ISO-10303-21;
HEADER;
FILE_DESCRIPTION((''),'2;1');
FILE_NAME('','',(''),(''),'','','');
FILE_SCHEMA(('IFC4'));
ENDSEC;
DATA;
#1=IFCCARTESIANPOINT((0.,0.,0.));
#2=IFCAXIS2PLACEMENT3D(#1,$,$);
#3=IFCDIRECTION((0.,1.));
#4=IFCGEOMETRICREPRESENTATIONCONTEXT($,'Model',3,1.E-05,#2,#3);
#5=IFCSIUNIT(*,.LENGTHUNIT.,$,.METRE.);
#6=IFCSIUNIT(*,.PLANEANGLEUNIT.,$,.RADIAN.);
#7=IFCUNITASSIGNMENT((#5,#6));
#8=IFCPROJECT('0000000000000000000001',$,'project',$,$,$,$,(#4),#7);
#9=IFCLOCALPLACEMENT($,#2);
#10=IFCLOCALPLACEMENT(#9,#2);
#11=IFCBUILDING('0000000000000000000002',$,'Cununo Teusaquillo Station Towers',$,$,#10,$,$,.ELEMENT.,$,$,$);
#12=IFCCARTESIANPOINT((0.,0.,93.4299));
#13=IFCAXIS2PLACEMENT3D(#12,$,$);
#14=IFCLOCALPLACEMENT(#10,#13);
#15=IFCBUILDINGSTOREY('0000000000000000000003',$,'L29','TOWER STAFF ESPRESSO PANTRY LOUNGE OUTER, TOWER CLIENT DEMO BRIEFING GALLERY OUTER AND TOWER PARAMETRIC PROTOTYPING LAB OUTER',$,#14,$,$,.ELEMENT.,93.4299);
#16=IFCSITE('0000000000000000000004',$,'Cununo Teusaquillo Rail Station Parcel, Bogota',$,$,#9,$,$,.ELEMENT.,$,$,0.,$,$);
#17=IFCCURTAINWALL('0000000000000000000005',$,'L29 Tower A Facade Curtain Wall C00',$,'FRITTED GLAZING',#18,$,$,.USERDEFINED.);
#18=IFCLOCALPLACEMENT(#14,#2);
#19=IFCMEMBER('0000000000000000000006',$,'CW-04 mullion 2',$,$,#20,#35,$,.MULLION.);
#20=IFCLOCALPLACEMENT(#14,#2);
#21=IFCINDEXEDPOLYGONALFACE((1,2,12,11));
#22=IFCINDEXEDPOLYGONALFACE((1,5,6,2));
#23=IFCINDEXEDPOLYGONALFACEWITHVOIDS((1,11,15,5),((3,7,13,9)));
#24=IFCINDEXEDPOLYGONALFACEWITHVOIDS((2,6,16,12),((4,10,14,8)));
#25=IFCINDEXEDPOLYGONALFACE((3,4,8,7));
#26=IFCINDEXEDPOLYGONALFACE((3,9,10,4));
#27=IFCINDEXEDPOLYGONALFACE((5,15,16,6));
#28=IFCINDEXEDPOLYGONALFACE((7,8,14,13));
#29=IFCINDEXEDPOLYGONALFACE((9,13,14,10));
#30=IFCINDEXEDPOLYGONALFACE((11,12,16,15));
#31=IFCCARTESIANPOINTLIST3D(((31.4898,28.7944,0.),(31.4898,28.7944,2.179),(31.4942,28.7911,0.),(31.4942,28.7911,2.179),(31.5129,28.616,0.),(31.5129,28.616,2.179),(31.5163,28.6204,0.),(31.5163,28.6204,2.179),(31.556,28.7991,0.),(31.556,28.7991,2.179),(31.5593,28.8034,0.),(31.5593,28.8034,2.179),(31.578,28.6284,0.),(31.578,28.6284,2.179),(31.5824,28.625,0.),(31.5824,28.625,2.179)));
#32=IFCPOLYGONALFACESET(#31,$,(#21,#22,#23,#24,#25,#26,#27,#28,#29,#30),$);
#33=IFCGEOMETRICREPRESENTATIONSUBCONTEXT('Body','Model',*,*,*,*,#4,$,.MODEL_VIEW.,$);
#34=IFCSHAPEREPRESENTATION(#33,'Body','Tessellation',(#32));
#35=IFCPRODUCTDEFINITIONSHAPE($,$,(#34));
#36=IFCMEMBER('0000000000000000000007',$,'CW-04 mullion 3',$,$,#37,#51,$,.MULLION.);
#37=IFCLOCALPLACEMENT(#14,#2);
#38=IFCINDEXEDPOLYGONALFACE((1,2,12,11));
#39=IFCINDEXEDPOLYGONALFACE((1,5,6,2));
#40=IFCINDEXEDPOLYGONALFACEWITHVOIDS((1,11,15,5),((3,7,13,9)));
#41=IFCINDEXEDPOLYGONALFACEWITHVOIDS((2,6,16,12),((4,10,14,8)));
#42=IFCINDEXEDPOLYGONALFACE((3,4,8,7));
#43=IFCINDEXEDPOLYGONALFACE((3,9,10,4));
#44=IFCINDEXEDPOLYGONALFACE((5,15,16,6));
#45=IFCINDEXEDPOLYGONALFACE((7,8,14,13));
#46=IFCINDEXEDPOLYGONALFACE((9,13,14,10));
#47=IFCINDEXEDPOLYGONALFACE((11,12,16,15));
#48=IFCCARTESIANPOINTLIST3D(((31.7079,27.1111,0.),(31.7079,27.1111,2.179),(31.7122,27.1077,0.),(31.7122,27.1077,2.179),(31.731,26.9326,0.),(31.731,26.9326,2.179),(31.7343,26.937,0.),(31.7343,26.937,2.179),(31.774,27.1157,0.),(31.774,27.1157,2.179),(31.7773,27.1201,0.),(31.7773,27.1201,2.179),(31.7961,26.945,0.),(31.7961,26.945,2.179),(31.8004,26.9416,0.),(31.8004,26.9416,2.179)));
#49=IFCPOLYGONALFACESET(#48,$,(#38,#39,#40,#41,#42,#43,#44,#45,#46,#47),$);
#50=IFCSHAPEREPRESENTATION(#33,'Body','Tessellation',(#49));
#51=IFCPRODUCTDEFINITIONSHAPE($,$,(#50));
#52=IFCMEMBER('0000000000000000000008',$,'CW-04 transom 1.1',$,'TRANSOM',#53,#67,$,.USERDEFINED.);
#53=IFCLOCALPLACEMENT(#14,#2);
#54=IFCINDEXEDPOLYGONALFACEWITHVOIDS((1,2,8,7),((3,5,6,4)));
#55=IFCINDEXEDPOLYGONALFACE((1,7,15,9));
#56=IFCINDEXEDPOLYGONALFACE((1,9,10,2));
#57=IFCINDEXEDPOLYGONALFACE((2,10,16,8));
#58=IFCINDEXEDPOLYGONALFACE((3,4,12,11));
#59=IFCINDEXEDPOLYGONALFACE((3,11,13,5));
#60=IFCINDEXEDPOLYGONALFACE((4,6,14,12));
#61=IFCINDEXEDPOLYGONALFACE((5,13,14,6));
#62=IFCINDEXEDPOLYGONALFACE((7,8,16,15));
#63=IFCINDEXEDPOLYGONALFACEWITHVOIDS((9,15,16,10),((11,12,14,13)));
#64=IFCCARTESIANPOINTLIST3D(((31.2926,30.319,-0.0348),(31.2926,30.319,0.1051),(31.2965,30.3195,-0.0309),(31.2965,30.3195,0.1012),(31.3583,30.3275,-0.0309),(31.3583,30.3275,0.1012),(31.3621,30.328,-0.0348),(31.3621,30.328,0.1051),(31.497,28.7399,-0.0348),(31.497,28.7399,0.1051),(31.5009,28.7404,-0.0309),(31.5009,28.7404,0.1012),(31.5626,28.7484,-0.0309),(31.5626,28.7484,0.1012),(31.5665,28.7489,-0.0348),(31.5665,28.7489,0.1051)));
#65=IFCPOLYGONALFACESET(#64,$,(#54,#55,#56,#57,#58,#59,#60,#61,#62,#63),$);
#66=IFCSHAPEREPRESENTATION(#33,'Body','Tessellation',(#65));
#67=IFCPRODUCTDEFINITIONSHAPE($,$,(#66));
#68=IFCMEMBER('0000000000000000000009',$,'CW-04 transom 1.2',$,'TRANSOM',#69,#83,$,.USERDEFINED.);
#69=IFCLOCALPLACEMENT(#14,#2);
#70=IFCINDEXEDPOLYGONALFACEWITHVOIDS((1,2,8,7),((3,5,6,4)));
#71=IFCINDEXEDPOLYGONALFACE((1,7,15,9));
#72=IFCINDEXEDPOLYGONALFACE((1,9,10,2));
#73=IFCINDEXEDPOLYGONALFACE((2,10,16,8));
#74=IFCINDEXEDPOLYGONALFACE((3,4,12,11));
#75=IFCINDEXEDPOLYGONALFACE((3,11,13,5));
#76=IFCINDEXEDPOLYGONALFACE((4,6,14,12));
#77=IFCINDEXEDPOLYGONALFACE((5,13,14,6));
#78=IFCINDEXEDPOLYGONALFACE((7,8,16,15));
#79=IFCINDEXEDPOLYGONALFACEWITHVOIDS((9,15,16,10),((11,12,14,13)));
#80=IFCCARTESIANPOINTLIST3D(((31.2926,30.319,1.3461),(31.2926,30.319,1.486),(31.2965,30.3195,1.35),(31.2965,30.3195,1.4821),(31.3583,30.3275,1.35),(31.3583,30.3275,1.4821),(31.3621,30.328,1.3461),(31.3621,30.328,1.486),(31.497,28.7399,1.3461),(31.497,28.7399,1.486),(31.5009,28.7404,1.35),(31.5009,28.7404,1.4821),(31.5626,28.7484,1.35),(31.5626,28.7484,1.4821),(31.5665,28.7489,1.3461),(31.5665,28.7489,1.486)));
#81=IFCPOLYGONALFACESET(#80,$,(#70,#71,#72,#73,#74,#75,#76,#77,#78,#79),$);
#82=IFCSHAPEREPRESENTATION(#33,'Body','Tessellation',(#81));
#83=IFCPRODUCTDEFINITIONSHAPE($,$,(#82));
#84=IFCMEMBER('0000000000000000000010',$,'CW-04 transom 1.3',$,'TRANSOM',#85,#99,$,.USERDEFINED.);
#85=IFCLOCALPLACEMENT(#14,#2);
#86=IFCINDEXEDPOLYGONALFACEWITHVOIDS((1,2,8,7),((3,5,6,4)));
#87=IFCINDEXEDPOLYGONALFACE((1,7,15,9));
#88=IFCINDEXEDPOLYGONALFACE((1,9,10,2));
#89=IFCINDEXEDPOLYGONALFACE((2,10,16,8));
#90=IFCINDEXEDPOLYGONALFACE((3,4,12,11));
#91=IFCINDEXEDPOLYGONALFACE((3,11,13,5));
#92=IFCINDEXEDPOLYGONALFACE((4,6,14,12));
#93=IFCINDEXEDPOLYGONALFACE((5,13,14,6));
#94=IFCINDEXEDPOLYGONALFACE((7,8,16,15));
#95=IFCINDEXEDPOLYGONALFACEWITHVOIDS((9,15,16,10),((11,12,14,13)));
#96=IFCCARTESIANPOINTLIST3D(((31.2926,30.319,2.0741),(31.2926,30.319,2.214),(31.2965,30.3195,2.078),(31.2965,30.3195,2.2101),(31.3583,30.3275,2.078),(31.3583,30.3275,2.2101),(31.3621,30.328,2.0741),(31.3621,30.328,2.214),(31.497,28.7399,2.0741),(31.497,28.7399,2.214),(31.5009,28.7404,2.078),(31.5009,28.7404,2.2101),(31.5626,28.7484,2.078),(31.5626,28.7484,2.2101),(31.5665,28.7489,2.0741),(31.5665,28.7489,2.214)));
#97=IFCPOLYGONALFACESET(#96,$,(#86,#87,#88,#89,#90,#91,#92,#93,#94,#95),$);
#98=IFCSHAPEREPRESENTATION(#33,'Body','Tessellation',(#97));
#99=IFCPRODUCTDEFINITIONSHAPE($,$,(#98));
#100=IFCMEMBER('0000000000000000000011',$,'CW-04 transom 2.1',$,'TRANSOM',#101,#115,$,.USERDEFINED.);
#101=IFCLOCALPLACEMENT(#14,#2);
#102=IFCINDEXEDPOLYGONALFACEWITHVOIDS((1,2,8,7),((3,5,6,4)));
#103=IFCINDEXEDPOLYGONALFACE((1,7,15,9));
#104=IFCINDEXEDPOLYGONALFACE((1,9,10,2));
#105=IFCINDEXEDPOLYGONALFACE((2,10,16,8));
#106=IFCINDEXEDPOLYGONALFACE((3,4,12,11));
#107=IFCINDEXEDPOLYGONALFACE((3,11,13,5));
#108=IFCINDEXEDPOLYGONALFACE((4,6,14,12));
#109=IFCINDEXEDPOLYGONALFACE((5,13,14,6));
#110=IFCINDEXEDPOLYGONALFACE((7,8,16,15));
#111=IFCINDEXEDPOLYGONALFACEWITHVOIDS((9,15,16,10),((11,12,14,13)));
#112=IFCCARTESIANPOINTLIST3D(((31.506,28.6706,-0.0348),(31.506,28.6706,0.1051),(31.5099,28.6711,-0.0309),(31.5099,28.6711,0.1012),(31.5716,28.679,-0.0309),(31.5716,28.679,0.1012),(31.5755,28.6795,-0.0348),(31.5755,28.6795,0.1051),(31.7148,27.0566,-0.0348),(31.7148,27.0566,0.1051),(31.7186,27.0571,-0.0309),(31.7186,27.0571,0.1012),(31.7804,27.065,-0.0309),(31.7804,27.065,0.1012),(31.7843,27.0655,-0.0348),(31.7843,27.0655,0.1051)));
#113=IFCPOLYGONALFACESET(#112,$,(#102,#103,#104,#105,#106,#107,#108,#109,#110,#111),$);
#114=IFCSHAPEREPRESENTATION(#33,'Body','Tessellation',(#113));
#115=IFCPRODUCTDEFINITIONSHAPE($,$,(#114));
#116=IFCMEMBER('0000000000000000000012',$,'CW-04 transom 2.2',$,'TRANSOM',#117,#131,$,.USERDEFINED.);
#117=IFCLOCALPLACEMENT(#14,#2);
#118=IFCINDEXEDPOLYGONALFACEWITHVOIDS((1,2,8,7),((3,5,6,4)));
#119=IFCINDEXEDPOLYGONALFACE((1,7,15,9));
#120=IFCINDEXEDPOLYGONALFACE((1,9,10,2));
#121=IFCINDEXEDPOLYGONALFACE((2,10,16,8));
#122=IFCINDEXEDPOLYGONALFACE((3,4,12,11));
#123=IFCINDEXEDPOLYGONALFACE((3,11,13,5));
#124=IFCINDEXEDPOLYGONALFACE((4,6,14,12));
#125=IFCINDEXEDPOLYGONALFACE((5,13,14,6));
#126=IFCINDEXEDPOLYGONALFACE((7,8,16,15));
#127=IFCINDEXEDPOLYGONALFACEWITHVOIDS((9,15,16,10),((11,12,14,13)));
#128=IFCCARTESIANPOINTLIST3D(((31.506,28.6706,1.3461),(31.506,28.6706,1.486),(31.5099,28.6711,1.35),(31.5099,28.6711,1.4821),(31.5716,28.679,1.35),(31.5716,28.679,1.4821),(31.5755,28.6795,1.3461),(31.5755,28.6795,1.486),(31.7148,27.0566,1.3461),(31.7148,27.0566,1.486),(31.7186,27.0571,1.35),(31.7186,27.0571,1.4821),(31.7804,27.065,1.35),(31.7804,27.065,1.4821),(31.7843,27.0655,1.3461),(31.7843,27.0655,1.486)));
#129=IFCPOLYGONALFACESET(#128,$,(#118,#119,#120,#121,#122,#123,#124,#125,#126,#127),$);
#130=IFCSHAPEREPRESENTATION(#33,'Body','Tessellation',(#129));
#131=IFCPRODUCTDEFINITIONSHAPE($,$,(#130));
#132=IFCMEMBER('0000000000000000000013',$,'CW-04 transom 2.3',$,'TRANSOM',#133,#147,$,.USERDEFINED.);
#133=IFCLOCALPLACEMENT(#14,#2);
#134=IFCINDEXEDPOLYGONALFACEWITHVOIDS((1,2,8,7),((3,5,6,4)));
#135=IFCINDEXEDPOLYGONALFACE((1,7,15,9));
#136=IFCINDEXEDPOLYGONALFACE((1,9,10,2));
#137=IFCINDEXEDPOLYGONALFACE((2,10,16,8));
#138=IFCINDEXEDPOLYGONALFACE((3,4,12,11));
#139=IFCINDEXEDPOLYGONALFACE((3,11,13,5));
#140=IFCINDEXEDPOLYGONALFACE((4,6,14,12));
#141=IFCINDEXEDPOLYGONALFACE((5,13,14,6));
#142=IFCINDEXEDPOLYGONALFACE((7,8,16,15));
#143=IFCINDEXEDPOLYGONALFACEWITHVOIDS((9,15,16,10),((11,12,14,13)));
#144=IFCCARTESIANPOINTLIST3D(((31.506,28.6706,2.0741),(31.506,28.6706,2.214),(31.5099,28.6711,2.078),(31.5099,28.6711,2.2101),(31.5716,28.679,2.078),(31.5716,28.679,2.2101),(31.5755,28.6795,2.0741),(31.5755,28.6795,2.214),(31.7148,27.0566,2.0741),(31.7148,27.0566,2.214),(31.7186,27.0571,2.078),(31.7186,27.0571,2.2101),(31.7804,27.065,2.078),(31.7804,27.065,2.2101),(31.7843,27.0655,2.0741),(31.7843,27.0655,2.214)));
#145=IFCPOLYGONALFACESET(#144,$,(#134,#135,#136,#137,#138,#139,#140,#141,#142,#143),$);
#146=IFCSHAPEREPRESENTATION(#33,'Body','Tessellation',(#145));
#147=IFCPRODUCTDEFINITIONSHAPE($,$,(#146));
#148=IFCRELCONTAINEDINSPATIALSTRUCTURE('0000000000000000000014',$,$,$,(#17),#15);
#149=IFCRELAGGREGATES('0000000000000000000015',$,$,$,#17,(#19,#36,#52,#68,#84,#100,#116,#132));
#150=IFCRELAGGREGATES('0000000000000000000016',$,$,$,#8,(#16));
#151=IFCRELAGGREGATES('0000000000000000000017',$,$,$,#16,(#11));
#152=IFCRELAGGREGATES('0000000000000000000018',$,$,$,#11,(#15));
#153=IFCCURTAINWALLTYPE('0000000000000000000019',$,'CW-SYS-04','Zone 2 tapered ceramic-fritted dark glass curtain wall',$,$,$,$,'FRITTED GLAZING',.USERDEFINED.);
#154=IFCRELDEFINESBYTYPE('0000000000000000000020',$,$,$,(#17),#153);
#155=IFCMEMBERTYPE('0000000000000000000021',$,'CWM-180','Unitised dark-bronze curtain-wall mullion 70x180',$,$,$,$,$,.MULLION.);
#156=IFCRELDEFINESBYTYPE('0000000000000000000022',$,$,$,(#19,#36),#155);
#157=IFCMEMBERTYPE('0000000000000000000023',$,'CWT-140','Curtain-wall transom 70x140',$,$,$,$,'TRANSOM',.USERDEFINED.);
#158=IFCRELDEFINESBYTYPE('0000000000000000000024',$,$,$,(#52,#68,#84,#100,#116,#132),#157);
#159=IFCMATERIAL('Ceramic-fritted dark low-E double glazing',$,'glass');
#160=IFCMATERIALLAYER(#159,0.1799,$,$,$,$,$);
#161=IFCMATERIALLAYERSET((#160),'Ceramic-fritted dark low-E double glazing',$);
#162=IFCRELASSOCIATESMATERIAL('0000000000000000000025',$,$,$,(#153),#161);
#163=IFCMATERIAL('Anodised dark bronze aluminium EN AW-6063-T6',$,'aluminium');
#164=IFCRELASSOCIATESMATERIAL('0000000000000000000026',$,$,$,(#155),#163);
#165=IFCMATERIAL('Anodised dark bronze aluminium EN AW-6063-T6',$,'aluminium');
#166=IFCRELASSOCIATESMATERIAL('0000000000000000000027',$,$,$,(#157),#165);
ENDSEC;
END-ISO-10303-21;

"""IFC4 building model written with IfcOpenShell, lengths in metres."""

from ifc_helpers import new_model, si_unit, direction, frame, origin, origin_2d, place, context, subcontext, project, spatial, hollow_rectangle, extrude, material, layer, layer_set, material_profile, profile_set, type_object, element, aggregate, save


model = new_model("IFC4")

# Units and contexts
model_context = context("Model", 3, precision=1e-05, world=origin(), true_north=direction((0.0, 1.0)))
body_context = subcontext(model_context, "Body", "Model", "MODEL_VIEW")
ifc_project = project(units=[si_unit("LENGTHUNIT", "METRE"), si_unit("PLANEANGLEUNIT", "RADIAN")], contexts=[model_context])

# Site, building, storey
site_placement = place(None, origin())
site = spatial("IfcSite", under=ifc_project, at=site_placement, Name="Cununo Teusaquillo Rail Station Parcel, Bogota", CompositionType="ELEMENT", RefElevation=0.0)
building_placement = place(site_placement, origin())
building = spatial("IfcBuilding", under=site, at=building_placement, Name="Cununo Teusaquillo Station Towers", CompositionType="ELEMENT")
storey_placement = place(building_placement, frame((0.0, 0.0, 93.4299)))
storey = spatial("IfcBuildingStorey", under=building, at=storey_placement, Name="L29", Description="TOWER STAFF ESPRESSO PANTRY LOUNGE OUTER, TOWER CLIENT DEMO BRIEFING GALLERY OUTER AND TOWER PARAMETRIC PROTOTYPING LAB OUTER", CompositionType="ELEMENT", Elevation=93.4299)

# Curtain wall, members
ifc_material_1 = material(Name="Ceramic-fritted dark low-E double glazing", Category="glass")
ifc_layer_1 = layer(ifc_material_1, 0.1799)
ifc_layer_set_1 = layer_set([ifc_layer_1], Name="Ceramic-fritted dark low-E double glazing")
curtain_wall_type = type_object("IfcCurtainWallType", Name="CW-SYS-04", Description="Zone 2 tapered ceramic-fritted dark glass curtain wall", ElementType="FRITTED GLAZING", PredefinedType="USERDEFINED", material=ifc_layer_set_1)
curtain_wall_placement = place(storey_placement, origin())
curtain_wall = element("IfcCurtainWall", 1, at=curtain_wall_placement, inside=storey, type_object=curtain_wall_type, Name="L29 Tower A Facade Curtain Wall C00", ObjectType="FRITTED GLAZING", PredefinedType="USERDEFINED")
ifc_material_2 = material(Name="Anodised dark bronze aluminium EN AW-6063-T6", Category="aluminium")
ifc_material_profile_1 = material_profile(ifc_material_2, hollow_rectangle(XDim=0.0701, YDim=0.1799, WallThickness=0.0039, at=origin_2d()), Name="CW-MULL-70x180")
ifc_profile_set_1 = profile_set([ifc_material_profile_1], Name="Anodised dark bronze aluminium EN AW-6063-T6")
member_type_1 = type_object("IfcMemberType", Name="CWM-180", Description="Unitised dark-bronze curtain-wall mullion 70x180", PredefinedType="MULLION", material=ifc_profile_set_1)
member_1_placement = place(storey_placement, frame((31.5361, 28.7097, 0.0), z_axis=(0.0, 0.0, 1.0), x_axis=(0.991731, 0.128336, 0.0)))
member_1 = element("IfcMember", 2, at=member_1_placement, type_object=member_type_1, Name="CW-04 mullion 2", PredefinedType="MULLION", context=body_context, shape_type="SweptSolid", body=[
    extrude(hollow_rectangle(XDim=0.0701, YDim=0.1799, WallThickness=0.0039, at=origin_2d()), origin(), (0.0, 0.0, 1.0), 2.179),
])
member_2_placement = place(storey_placement, frame((31.7542, 27.0264, 0.0), z_axis=(0.0, 0.0, 1.0), x_axis=(0.991731, 0.128336, 0.0)))
member_2 = element("IfcMember", 3, at=member_2_placement, type_object=member_type_1, Name="CW-04 mullion 3", PredefinedType="MULLION", context=body_context, shape_type="SweptSolid", body=[
    extrude(hollow_rectangle(XDim=0.0701, YDim=0.1799, WallThickness=0.0039, at=origin_2d()), origin(), (0.0, 0.0, 1.0), 2.179),
])
ifc_material_3 = material(Name="Anodised dark bronze aluminium EN AW-6063-T6", Category="aluminium")
ifc_material_profile_2 = material_profile(ifc_material_3, hollow_rectangle(XDim=0.0701, YDim=0.1399, WallThickness=0.0039, at=origin_2d()), Name="CW-TRAN-70x140")
ifc_profile_set_2 = profile_set([ifc_material_profile_2], Name="Anodised dark bronze aluminium EN AW-6063-T6")
member_type_2 = type_object("IfcMemberType", Name="CWT-140", Description="Curtain-wall transom 70x140", ElementType="TRANSOM", PredefinedType="USERDEFINED", material=ifc_profile_set_2)
member_3_placement = place(storey_placement, frame((31.3274, 30.3235, 0.0352), z_axis=(0.128336, -0.991731, 0.0), x_axis=(0.991731, 0.128336, 0.0)))
member_3 = element("IfcMember", 4, at=member_3_placement, type_object=member_type_2, Name="CW-04 transom 1.1", ObjectType="TRANSOM", PredefinedType="USERDEFINED", context=body_context, shape_type="SweptSolid", body=[
    extrude(hollow_rectangle(XDim=0.0701, YDim=0.1399, WallThickness=0.0039, at=origin_2d()), origin(), (0.0, 0.0, 1.0), 1.5923),
])
member_4_placement = place(storey_placement, frame((31.3274, 30.3235, 1.416), z_axis=(0.128336, -0.991731, 0.0), x_axis=(0.991731, 0.128336, 0.0)))
member_4 = element("IfcMember", 5, at=member_4_placement, type_object=member_type_2, Name="CW-04 transom 1.2", ObjectType="TRANSOM", PredefinedType="USERDEFINED", context=body_context, shape_type="SweptSolid", body=[
    extrude(hollow_rectangle(XDim=0.0701, YDim=0.1399, WallThickness=0.0039, at=origin_2d()), origin(), (0.0, 0.0, 1.0), 1.5923),
])
member_5_placement = place(storey_placement, frame((31.3274, 30.3235, 2.144), z_axis=(0.128336, -0.991731, 0.0), x_axis=(0.991731, 0.128336, 0.0)))
member_5 = element("IfcMember", 6, at=member_5_placement, type_object=member_type_2, Name="CW-04 transom 1.3", ObjectType="TRANSOM", PredefinedType="USERDEFINED", context=body_context, shape_type="SweptSolid", body=[
    extrude(hollow_rectangle(XDim=0.0701, YDim=0.1399, WallThickness=0.0039, at=origin_2d()), origin(), (0.0, 0.0, 1.0), 1.5923),
])
member_6_placement = place(storey_placement, frame((31.5408, 28.675, 0.0352), z_axis=(0.128262, -0.99174, 0.0), x_axis=(0.99174, 0.128262, 0.0)))
member_6 = element("IfcMember", 7, at=member_6_placement, type_object=member_type_2, Name="CW-04 transom 2.1", ObjectType="TRANSOM", PredefinedType="USERDEFINED", context=body_context, shape_type="SweptSolid", body=[
    extrude(hollow_rectangle(XDim=0.0701, YDim=0.1399, WallThickness=0.0039, at=origin_2d()), origin(), (0.0, 0.0, 1.0), 1.6274),
])
member_7_placement = place(storey_placement, frame((31.5408, 28.675, 1.416), z_axis=(0.128262, -0.99174, 0.0), x_axis=(0.99174, 0.128262, 0.0)))
member_7 = element("IfcMember", 8, at=member_7_placement, type_object=member_type_2, Name="CW-04 transom 2.2", ObjectType="TRANSOM", PredefinedType="USERDEFINED", context=body_context, shape_type="SweptSolid", body=[
    extrude(hollow_rectangle(XDim=0.0701, YDim=0.1399, WallThickness=0.0039, at=origin_2d()), origin(), (0.0, 0.0, 1.0), 1.6274),
])
member_8_placement = place(storey_placement, frame((31.5408, 28.675, 2.144), z_axis=(0.128262, -0.99174, 0.0), x_axis=(0.99174, 0.128262, 0.0)))
member_8 = element("IfcMember", 9, at=member_8_placement, type_object=member_type_2, Name="CW-04 transom 2.3", ObjectType="TRANSOM", PredefinedType="USERDEFINED", context=body_context, shape_type="SweptSolid", body=[
    extrude(hollow_rectangle(XDim=0.0701, YDim=0.1399, WallThickness=0.0039, at=origin_2d()), origin(), (0.0, 0.0, 1.0), 1.6274),
])

aggregate(curtain_wall, [member_1, member_2, member_3, member_4, member_5, member_6, member_7, member_8])

save(model, "model.ifc")
